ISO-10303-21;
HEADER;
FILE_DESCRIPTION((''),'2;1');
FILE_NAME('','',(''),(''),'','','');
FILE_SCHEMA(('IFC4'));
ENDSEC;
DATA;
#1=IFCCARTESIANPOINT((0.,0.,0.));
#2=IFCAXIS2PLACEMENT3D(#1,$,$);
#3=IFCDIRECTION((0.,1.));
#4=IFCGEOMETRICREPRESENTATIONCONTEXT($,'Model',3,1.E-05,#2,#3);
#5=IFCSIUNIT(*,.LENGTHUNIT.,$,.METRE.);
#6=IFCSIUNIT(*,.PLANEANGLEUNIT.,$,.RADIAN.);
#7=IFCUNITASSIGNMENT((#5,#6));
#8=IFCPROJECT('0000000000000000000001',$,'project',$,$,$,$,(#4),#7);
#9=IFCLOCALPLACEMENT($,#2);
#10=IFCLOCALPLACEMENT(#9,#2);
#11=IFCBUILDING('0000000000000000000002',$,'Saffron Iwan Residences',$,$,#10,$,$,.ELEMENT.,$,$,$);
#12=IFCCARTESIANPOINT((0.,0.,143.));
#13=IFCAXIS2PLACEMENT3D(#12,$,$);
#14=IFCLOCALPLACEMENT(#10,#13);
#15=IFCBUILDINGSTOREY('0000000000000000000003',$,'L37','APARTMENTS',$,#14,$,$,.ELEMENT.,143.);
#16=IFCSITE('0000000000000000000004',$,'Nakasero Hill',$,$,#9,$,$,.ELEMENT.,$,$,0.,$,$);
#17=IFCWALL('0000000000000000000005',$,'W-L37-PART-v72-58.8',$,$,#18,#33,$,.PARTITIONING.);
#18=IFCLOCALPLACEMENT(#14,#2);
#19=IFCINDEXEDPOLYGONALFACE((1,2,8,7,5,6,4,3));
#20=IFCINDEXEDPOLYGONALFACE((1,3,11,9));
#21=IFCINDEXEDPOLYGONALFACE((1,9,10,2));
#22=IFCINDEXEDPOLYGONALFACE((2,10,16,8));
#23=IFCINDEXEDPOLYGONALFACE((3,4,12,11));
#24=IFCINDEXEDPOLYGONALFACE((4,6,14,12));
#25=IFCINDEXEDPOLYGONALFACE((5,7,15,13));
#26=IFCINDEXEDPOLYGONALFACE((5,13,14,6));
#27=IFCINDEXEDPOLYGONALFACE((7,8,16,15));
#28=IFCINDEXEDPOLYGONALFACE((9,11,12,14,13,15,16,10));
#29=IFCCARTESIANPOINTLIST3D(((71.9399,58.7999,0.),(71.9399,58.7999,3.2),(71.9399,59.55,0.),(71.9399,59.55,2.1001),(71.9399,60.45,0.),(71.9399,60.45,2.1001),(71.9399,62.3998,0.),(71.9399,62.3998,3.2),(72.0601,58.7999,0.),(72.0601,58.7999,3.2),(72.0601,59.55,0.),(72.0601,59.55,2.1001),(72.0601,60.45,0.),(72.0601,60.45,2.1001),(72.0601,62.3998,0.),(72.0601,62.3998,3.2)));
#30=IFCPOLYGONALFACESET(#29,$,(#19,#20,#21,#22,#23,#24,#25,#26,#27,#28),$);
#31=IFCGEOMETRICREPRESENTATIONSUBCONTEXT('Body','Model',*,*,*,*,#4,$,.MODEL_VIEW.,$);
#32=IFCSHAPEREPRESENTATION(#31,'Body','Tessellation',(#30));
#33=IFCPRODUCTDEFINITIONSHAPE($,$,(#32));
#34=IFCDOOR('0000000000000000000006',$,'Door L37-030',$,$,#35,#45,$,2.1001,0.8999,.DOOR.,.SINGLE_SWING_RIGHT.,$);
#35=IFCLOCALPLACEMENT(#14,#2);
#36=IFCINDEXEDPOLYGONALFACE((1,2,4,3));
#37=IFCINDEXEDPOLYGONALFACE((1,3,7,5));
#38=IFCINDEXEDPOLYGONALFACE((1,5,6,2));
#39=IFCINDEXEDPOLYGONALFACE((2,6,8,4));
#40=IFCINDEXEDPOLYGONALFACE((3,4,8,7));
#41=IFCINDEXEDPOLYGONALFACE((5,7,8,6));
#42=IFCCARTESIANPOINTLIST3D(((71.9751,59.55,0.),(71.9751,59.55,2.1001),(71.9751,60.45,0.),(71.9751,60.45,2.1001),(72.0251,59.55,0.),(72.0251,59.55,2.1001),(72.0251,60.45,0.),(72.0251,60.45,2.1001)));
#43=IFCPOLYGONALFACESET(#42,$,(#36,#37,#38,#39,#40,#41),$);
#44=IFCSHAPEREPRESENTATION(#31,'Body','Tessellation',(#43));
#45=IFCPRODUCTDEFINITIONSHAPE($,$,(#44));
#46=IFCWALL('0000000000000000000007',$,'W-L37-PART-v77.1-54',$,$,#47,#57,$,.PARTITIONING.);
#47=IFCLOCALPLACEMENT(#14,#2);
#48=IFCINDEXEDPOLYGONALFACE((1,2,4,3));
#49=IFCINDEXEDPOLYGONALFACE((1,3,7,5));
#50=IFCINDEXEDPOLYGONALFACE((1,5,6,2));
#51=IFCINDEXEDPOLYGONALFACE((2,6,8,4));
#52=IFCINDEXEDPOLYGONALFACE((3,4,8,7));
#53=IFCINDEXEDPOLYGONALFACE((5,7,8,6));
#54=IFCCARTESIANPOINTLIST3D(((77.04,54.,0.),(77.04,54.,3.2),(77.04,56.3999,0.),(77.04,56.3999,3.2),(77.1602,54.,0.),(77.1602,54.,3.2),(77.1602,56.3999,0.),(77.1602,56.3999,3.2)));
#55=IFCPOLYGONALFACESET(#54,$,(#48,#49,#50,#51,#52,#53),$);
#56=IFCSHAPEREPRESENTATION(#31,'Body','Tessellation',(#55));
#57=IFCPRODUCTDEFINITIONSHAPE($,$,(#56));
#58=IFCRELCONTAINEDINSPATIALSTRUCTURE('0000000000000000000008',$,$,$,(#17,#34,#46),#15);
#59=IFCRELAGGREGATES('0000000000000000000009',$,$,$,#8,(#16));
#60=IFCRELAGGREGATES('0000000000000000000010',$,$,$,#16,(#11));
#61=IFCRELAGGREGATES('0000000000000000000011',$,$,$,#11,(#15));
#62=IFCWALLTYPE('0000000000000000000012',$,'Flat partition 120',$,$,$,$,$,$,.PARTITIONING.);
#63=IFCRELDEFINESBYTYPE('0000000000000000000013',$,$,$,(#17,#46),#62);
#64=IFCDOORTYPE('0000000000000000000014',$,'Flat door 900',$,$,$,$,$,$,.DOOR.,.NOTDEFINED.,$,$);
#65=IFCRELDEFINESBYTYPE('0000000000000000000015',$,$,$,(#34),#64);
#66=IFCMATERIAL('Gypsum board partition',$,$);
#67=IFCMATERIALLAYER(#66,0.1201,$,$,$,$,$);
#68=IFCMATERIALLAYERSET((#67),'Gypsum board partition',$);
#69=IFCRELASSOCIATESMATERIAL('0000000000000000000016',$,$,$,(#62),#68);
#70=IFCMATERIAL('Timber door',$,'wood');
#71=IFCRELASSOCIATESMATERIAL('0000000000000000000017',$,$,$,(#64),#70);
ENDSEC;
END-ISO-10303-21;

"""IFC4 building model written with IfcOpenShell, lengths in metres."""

from ifc_helpers import new_model, si_unit, direction, frame, frame_2d, origin, place, context, subcontext, project, spatial, rectangle, extrude, material, layer, layer_set, type_object, element, fill, save


model = new_model("IFC4")

# Units and contexts
model_context = context("Model", 3, precision=1e-05, world=origin(), true_north=direction((0.0, 1.0)))
body_context = subcontext(model_context, "Body", "Model", "MODEL_VIEW")
ifc_project = project(units=[si_unit("LENGTHUNIT", "METRE"), si_unit("PLANEANGLEUNIT", "RADIAN")], contexts=[model_context])

# Site, building, storey
site_placement = place(None, origin())
site = spatial("IfcSite", under=ifc_project, at=site_placement, Name="Nakasero Hill", CompositionType="ELEMENT", RefElevation=0.0)
building_placement = place(site_placement, origin())
building = spatial("IfcBuilding", under=site, at=building_placement, Name="Saffron Iwan Residences", CompositionType="ELEMENT")
storey_placement = place(building_placement, frame((0.0, 0.0, 143.0)))
storey = spatial("IfcBuildingStorey", under=building, at=storey_placement, Name="L37", Description="APARTMENTS", CompositionType="ELEMENT", Elevation=143.0)

# Shared definitions
ifc_material_1 = material(Name="Gypsum board partition")
ifc_layer_1 = layer(ifc_material_1, 0.1201)
ifc_layer_set_1 = layer_set([ifc_layer_1], Name="Gypsum board partition")
wall_type_1 = type_object("IfcWallType", Name="Flat partition 120", PredefinedType="PARTITIONING", material=ifc_layer_set_1)
ifc_material_2 = material(Name="Timber door", Category="wood")

# Shared definitions
door_type_1 = type_object("IfcDoorType", Name="Flat door 900", OperationType="NOTDEFINED", PredefinedType="DOOR", material=ifc_material_2)

# Wall, opening, door
wall_1_placement = place(storey_placement, frame((72.0, 58.8, 0.0), z_axis=(0.0, 0.0, 1.0), x_axis=(0.0, 1.0, 0.0)))
wall_1 = element("IfcWall", 1, at=wall_1_placement, inside=storey, type_object=wall_type_1, Name="W-L37-PART-v72-58.8", PredefinedType="PARTITIONING", context=body_context, shape_type="SweptSolid", body=[
    extrude(rectangle(XDim=3.5999, YDim=0.1201, at=frame_2d((1.7998, 0.0))), origin(), (0.0, 0.0, 1.0), 3.2),
])
opening_1_placement = place(wall_1_placement, frame((0.75, 0.0, 0.0)))
opening_1 = element("IfcOpeningElement", 2, at=opening_1_placement, cuts=wall_1, PredefinedType="OPENING", context=body_context, shape_type="SweptSolid", body=[
    extrude(rectangle(XDim=0.8999, YDim=2.1001, at=frame_2d((0.45, 1.05))), frame((0.0, 0.0701, 0.0), z_axis=(0.0, -1.0, 0.0), x_axis=(1.0, 0.0, 0.0)), (0.0, 0.0, 1.0), 0.1401),
])
door_1_placement = place(opening_1_placement, origin())
door_1 = element("IfcDoor", 3, at=door_1_placement, inside=storey, type_object=door_type_1, Name="Door L37-030", OperationType="SINGLE_SWING_RIGHT", OverallHeight=2.1001, OverallWidth=0.8999, PredefinedType="DOOR", context=body_context, shape_type="SweptSolid", body=[
    extrude(rectangle(XDim=0.8999, YDim=2.1001, at=frame_2d((0.45, 1.05))), frame((0.0, 0.0249, 0.0), z_axis=(0.0, -1.0, 0.0), x_axis=(1.0, 0.0, 0.0)), (0.0, 0.0, 1.0), 0.05),
])
fill(opening_1, door_1)

# Wall
wall_2_placement = place(storey_placement, frame((77.1001, 54.0, 0.0), z_axis=(0.0, 0.0, 1.0), x_axis=(0.0, 1.0, 0.0)))
element("IfcWall", 4, at=wall_2_placement, inside=storey, type_object=wall_type_1, Name="W-L37-PART-v77.1-54", PredefinedType="PARTITIONING", context=body_context, shape_type="SweptSolid", body=[
    extrude(rectangle(XDim=2.3999, YDim=0.1201, at=frame_2d((1.2, 0.0))), origin(), (0.0, 0.0, 1.0), 3.2),
])

save(model, "model.ifc")
